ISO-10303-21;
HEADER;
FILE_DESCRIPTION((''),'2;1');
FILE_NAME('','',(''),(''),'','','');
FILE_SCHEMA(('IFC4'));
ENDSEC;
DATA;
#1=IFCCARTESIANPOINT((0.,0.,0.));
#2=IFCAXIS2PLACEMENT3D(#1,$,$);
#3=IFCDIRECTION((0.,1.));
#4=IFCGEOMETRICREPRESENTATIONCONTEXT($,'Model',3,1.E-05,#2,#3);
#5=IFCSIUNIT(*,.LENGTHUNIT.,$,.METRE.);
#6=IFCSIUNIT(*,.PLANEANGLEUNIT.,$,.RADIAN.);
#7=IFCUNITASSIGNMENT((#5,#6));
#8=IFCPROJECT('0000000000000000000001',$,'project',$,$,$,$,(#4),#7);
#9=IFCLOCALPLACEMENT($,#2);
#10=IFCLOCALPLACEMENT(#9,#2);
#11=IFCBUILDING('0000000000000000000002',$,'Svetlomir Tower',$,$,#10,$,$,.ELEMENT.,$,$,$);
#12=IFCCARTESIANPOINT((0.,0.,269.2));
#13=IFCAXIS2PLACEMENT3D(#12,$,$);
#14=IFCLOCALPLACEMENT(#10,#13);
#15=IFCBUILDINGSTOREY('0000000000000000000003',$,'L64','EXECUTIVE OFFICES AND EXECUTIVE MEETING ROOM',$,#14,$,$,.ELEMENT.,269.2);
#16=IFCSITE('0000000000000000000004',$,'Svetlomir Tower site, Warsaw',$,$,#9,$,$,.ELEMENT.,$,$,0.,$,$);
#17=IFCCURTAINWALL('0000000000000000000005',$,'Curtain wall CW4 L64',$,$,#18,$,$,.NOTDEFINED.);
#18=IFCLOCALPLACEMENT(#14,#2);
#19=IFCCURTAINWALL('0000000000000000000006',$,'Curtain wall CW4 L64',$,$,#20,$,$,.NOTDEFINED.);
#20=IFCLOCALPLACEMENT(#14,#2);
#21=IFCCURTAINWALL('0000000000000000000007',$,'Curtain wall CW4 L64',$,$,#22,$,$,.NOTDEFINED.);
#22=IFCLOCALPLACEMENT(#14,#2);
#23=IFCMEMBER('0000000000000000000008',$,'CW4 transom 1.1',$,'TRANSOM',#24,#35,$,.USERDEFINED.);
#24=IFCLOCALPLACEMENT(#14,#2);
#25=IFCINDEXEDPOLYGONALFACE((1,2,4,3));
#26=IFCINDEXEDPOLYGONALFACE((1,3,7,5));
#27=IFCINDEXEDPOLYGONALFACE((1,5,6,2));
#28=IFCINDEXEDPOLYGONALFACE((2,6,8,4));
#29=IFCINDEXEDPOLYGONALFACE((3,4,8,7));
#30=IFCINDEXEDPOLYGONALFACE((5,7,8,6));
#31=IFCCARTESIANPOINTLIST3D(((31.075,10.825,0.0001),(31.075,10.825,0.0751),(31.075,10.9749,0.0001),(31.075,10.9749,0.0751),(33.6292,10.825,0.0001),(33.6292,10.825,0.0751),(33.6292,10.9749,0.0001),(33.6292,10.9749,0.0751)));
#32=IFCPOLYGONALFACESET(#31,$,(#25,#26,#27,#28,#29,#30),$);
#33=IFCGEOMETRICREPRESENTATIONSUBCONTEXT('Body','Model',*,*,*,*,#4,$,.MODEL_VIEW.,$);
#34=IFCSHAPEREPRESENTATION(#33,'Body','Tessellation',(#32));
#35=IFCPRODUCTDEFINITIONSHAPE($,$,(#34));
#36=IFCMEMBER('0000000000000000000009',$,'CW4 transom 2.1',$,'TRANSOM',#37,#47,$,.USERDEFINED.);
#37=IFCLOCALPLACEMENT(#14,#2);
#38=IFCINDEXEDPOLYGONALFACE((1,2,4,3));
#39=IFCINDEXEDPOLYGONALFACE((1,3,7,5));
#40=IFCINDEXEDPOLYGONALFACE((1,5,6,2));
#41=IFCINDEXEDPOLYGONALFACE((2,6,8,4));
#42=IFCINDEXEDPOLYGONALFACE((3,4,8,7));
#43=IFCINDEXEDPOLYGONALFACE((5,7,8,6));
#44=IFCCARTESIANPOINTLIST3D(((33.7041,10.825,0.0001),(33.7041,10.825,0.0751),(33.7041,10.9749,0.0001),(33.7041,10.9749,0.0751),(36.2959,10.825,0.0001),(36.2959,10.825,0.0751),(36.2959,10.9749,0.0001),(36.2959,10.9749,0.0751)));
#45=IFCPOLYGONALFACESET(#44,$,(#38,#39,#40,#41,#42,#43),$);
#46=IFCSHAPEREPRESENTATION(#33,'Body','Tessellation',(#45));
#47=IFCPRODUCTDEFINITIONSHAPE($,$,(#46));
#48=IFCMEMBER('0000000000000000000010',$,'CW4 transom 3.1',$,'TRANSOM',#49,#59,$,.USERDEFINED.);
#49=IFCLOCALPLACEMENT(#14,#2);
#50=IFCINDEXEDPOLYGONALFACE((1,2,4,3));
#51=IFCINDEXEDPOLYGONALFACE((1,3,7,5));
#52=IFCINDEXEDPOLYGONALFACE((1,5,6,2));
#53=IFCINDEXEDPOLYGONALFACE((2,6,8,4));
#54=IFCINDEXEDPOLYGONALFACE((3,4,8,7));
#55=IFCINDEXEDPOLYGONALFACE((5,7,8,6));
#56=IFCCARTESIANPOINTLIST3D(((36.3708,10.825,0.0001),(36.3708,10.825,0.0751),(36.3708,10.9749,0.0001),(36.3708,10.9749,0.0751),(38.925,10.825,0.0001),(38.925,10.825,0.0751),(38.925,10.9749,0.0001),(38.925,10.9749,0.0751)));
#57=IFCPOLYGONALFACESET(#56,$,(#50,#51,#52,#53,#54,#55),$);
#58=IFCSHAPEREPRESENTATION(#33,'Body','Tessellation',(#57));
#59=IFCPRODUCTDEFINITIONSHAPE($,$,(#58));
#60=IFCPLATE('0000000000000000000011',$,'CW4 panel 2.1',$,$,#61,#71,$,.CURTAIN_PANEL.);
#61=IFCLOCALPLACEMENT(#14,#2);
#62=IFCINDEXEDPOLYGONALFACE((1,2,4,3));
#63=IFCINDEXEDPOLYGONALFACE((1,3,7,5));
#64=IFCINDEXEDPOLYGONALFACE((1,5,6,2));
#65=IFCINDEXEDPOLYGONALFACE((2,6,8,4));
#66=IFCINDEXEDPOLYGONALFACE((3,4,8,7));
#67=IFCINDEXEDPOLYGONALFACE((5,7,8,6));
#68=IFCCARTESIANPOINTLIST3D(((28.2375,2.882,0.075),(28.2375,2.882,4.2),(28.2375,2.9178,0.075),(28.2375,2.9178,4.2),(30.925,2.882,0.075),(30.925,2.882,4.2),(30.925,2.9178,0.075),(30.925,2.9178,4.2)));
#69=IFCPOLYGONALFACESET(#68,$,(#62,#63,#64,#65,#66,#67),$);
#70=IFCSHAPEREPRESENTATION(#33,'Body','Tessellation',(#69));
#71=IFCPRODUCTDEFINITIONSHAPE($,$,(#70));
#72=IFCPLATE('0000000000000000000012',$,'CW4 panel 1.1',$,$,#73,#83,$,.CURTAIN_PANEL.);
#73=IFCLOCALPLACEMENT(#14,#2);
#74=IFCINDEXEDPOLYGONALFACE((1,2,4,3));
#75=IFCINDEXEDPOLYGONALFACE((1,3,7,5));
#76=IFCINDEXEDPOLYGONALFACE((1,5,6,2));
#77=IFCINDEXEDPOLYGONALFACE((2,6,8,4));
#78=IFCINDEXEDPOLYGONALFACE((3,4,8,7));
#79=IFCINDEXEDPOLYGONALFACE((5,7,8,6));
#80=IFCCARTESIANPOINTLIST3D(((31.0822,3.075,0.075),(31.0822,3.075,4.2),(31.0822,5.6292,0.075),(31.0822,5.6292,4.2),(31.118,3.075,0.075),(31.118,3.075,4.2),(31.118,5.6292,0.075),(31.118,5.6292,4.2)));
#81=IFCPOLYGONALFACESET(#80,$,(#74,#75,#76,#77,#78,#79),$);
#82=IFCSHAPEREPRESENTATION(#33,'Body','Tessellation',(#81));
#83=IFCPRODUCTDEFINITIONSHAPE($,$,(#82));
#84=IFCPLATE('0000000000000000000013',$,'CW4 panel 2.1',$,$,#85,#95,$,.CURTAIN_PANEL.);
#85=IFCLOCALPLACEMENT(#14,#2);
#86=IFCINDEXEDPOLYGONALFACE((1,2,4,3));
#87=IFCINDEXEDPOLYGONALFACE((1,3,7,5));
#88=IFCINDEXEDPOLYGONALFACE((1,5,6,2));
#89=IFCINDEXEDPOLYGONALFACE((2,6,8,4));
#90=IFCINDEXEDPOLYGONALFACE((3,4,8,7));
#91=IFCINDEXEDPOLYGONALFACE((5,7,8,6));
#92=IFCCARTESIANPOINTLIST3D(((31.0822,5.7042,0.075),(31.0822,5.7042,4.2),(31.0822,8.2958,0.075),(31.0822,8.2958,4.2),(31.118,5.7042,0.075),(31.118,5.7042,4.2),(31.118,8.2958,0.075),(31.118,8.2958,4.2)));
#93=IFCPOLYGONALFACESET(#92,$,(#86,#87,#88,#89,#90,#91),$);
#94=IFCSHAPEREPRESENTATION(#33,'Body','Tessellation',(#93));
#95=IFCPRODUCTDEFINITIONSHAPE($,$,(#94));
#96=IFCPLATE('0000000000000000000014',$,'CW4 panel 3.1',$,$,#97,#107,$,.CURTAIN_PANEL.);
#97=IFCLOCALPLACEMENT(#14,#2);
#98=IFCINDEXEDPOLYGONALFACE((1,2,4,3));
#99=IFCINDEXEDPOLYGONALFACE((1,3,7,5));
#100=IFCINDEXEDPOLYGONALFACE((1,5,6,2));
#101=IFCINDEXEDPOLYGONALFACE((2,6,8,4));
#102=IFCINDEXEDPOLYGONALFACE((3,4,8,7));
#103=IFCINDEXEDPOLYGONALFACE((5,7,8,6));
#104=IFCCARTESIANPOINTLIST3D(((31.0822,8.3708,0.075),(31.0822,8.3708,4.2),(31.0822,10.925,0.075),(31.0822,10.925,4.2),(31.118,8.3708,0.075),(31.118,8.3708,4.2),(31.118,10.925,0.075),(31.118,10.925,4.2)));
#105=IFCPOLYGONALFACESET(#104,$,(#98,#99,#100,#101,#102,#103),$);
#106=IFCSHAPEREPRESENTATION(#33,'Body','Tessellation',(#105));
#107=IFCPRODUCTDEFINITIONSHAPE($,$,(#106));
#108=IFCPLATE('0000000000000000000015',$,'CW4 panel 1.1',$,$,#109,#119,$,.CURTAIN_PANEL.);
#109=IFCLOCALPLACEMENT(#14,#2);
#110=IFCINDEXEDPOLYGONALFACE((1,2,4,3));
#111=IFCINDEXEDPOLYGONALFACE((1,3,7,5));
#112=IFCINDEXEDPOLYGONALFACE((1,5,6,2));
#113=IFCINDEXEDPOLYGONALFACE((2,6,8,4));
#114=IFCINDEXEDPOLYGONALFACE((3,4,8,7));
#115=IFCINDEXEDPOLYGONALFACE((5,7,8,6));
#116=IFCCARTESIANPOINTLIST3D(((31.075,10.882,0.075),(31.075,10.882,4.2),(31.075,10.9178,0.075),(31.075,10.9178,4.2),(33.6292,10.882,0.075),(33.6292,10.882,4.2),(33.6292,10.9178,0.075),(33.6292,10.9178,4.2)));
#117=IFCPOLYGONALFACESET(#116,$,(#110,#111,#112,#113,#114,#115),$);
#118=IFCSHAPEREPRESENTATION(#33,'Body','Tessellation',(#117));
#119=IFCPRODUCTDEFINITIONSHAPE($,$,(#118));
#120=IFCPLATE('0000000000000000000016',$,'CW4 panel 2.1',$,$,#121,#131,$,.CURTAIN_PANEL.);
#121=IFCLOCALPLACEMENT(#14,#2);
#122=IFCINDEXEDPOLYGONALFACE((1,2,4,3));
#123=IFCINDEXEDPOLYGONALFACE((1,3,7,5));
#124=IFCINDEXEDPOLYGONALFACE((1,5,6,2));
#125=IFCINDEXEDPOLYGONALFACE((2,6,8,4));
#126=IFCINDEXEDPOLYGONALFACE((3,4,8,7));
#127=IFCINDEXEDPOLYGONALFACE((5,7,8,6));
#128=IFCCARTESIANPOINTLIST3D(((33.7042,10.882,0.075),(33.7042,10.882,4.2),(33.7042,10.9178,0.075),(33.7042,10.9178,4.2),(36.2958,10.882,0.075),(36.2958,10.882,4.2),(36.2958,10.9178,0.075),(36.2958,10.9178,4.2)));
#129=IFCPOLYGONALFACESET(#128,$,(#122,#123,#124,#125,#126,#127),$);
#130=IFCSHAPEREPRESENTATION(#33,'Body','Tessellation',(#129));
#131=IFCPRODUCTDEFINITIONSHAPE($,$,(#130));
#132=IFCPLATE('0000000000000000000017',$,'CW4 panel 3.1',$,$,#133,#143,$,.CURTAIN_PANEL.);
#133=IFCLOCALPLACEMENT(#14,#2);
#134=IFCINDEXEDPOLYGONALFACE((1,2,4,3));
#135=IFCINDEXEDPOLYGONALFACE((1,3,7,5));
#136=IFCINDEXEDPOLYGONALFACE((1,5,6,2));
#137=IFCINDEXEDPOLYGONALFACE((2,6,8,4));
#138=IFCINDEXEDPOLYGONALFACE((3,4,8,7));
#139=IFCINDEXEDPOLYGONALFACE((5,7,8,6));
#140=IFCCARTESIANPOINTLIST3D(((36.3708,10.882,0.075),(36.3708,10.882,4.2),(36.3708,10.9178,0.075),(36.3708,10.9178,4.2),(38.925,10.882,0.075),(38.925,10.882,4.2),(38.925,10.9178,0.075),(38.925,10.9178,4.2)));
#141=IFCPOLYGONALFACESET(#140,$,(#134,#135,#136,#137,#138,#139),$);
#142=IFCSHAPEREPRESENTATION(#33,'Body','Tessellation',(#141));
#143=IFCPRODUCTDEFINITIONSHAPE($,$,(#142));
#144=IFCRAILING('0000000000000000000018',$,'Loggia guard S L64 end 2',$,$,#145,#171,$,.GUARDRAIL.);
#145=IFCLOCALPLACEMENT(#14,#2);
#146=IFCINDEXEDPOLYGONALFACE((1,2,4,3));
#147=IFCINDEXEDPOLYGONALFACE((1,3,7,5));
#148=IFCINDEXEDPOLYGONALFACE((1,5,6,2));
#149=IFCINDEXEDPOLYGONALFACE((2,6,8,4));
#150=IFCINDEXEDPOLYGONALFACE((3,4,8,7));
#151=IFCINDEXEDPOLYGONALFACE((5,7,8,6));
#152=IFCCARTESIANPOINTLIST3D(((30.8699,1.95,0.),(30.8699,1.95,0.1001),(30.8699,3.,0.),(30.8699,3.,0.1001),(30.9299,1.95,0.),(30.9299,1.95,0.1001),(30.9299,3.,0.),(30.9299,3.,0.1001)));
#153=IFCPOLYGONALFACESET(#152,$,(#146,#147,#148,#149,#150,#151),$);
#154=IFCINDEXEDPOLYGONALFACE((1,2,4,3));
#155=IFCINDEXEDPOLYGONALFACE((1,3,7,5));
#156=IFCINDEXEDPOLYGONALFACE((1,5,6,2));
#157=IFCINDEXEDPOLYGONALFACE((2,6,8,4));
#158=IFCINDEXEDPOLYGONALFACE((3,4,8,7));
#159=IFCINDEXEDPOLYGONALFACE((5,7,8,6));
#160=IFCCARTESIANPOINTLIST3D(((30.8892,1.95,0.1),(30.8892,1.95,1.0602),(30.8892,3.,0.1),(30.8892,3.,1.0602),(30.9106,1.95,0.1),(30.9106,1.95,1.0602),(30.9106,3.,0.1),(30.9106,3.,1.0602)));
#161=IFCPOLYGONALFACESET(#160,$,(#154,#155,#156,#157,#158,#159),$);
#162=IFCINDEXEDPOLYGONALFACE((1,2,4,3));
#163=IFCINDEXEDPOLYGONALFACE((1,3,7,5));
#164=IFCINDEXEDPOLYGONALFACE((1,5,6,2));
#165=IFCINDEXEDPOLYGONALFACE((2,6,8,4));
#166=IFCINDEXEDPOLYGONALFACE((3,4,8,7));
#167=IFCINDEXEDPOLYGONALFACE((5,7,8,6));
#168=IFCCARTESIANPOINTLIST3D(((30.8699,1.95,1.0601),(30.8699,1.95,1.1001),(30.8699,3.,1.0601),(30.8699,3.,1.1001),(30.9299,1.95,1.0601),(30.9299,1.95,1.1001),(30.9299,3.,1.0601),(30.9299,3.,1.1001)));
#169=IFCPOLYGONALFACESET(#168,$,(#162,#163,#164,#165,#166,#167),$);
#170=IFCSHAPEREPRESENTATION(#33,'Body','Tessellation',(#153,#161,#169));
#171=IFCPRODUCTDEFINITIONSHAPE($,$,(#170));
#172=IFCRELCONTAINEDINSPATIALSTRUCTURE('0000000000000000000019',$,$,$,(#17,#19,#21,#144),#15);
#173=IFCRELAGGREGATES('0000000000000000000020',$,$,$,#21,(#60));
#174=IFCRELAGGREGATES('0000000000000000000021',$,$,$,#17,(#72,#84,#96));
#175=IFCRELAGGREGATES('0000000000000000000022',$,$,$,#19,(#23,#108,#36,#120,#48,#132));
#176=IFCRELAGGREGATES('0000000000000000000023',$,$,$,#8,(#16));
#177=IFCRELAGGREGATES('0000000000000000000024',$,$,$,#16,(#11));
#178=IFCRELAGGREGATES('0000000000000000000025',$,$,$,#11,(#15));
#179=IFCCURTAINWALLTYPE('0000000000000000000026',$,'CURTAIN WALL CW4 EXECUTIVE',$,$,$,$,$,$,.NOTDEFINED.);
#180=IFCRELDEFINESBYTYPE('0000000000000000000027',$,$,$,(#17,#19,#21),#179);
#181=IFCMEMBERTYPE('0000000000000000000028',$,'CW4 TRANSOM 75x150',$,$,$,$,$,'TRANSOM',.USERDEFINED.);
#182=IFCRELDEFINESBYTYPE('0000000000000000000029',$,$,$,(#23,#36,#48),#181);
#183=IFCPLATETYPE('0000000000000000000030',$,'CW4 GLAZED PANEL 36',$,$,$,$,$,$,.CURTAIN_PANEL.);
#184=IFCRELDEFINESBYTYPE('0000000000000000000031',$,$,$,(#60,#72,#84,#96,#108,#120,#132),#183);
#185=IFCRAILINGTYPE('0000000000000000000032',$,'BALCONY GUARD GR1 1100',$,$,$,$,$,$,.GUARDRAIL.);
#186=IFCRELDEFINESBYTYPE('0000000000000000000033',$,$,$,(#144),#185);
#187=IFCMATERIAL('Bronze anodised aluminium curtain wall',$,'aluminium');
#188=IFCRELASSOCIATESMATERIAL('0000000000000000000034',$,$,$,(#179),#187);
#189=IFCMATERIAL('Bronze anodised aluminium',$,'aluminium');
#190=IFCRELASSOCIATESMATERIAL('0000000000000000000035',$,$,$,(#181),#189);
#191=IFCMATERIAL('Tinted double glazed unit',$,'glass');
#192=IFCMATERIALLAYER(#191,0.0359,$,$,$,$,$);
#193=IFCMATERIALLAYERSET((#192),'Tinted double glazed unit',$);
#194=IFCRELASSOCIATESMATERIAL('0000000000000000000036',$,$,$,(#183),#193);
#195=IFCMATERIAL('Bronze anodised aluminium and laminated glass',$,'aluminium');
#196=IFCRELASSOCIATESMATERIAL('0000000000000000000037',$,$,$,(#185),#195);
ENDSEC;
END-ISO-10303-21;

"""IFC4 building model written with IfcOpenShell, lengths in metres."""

from ifc_helpers import new_model, si_unit, direction, frame, origin, origin_2d, place, context, subcontext, project, spatial, rectangle, extrude, material, layer, layer_set, material_profile, profile_set, type_object, element, aggregate, save


model = new_model("IFC4")

# Units and contexts
model_context = context("Model", 3, precision=1e-05, world=origin(), true_north=direction((0.0, 1.0)))
body_context = subcontext(model_context, "Body", "Model", "MODEL_VIEW")
ifc_project = project(units=[si_unit("LENGTHUNIT", "METRE"), si_unit("PLANEANGLEUNIT", "RADIAN")], contexts=[model_context])

# Site, building, storey
site_placement = place(None, origin())
site = spatial("IfcSite", under=ifc_project, at=site_placement, Name="Svetlomir Tower site, Warsaw", CompositionType="ELEMENT", RefElevation=0.0)
building_placement = place(site_placement, origin())
building = spatial("IfcBuilding", under=site, at=building_placement, Name="Svetlomir Tower", CompositionType="ELEMENT")
storey_placement = place(building_placement, frame((0.0, 0.0, 269.2)))
storey = spatial("IfcBuildingStorey", under=building, at=storey_placement, Name="L64", Description="EXECUTIVE OFFICES AND EXECUTIVE MEETING ROOM", CompositionType="ELEMENT", Elevation=269.2)

# Curtain walls
ifc_material_1 = material(Name="Bronze anodised aluminium curtain wall", Category="aluminium")
curtain_wall_type = type_object("IfcCurtainWallType", Name="CURTAIN WALL CW4 EXECUTIVE", PredefinedType="NOTDEFINED", material=ifc_material_1)
curtain_wall_1_placement = place(storey_placement, origin())
curtain_wall_1 = element("IfcCurtainWall", 1, at=curtain_wall_1_placement, inside=storey, type_object=curtain_wall_type, Name="Curtain wall CW4 L64", PredefinedType="NOTDEFINED")
curtain_wall_2_placement = place(storey_placement, origin())
curtain_wall_2 = element("IfcCurtainWall", 2, at=curtain_wall_2_placement, inside=storey, type_object=curtain_wall_type, Name="Curtain wall CW4 L64", PredefinedType="NOTDEFINED")
curtain_wall_3_placement = place(storey_placement, origin())
curtain_wall_3 = element("IfcCurtainWall", 3, at=curtain_wall_3_placement, inside=storey, type_object=curtain_wall_type, Name="Curtain wall CW4 L64", PredefinedType="NOTDEFINED")

# Members
ifc_material_2 = material(Name="Bronze anodised aluminium", Category="aluminium")
ifc_material_profile_1 = material_profile(ifc_material_2, rectangle(XDim=0.1499, YDim=0.075, at=origin_2d()), Name="AL 150x75")
ifc_profile_set_1 = profile_set([ifc_material_profile_1], Name="Bronze anodised aluminium 6063-T6")
member_type_1 = type_object("IfcMemberType", Name="CW4 TRANSOM 75x150", ElementType="TRANSOM", PredefinedType="USERDEFINED", material=ifc_profile_set_1)
member_1_placement = place(storey_placement, frame((31.075, 10.8999, 0.0376), z_axis=(1.0, 0.0, 0.0), x_axis=(0.0, 1.0, 0.0)))
member_1 = element("IfcMember", 4, at=member_1_placement, type_object=member_type_1, Name="CW4 transom 1.1", ObjectType="TRANSOM", PredefinedType="USERDEFINED", context=body_context, shape_type="SweptSolid", body=[
    extrude(rectangle(XDim=0.1499, YDim=0.075, at=origin_2d()), origin(), (0.0, 0.0, 1.0), 2.5542),
])
member_2_placement = place(storey_placement, frame((33.7041, 10.8999, 0.0376), z_axis=(1.0, 0.0, 0.0), x_axis=(0.0, 1.0, 0.0)))
member_2 = element("IfcMember", 5, at=member_2_placement, type_object=member_type_1, Name="CW4 transom 2.1", ObjectType="TRANSOM", PredefinedType="USERDEFINED", context=body_context, shape_type="SweptSolid", body=[
    extrude(rectangle(XDim=0.1499, YDim=0.075, at=origin_2d()), origin(), (0.0, 0.0, 1.0), 2.5918),
])
member_3_placement = place(storey_placement, frame((36.3708, 10.8999, 0.0376), z_axis=(1.0, 0.0, 0.0), x_axis=(0.0, 1.0, 0.0)))
member_3 = element("IfcMember", 6, at=member_3_placement, type_object=member_type_1, Name="CW4 transom 3.1", ObjectType="TRANSOM", PredefinedType="USERDEFINED", context=body_context, shape_type="SweptSolid", body=[
    extrude(rectangle(XDim=0.1499, YDim=0.075, at=origin_2d()), origin(), (0.0, 0.0, 1.0), 2.5542),
])

# Plates
ifc_material_3 = material(Name="Tinted double glazed unit", Category="glass")
ifc_layer = layer(ifc_material_3, 0.0359)
ifc_layer_set = layer_set([ifc_layer], Name="Tinted double glazed unit")
plate_type = type_object("IfcPlateType", Name="CW4 GLAZED PANEL 36", PredefinedType="CURTAIN_PANEL", material=ifc_layer_set)
plate_1_placement = place(storey_placement, frame((29.5813, 2.8999, 0.075), z_axis=(0.0, 0.0, 1.0), x_axis=(1.0, 0.0, 0.0)))
plate_1 = element("IfcPlate", 7, at=plate_1_placement, type_object=plate_type, Name="CW4 panel 2.1", PredefinedType="CURTAIN_PANEL", context=body_context, shape_type="SweptSolid", body=[
    extrude(rectangle(XDim=2.6875, YDim=0.0359, at=origin_2d()), origin(), (0.0, 0.0, 1.0), 4.125),
])
aggregate(curtain_wall_3, [plate_1])
plate_2_placement = place(storey_placement, frame((31.1001, 4.3521, 0.075), z_axis=(0.0, 0.0, 1.0), x_axis=(0.0, 1.0, 0.0)))
plate_2 = element("IfcPlate", 8, at=plate_2_placement, type_object=plate_type, Name="CW4 panel 1.1", PredefinedType="CURTAIN_PANEL", context=body_context, shape_type="SweptSolid", body=[
    extrude(rectangle(XDim=2.5542, YDim=0.0359, at=origin_2d()), origin(), (0.0, 0.0, 1.0), 4.125),
])
plate_3_placement = place(storey_placement, frame((31.1001, 7.0, 0.075), z_axis=(0.0, 0.0, 1.0), x_axis=(0.0, 1.0, 0.0)))
plate_3 = element("IfcPlate", 9, at=plate_3_placement, type_object=plate_type, Name="CW4 panel 2.1", PredefinedType="CURTAIN_PANEL", context=body_context, shape_type="SweptSolid", body=[
    extrude(rectangle(XDim=2.5916, YDim=0.0359, at=origin_2d()), origin(), (0.0, 0.0, 1.0), 4.125),
])
plate_4_placement = place(storey_placement, frame((31.1001, 9.6479, 0.075), z_axis=(0.0, 0.0, 1.0), x_axis=(0.0, 1.0, 0.0)))
plate_4 = element("IfcPlate", 10, at=plate_4_placement, type_object=plate_type, Name="CW4 panel 3.1", PredefinedType="CURTAIN_PANEL", context=body_context, shape_type="SweptSolid", body=[
    extrude(rectangle(XDim=2.5542, YDim=0.0359, at=origin_2d()), origin(), (0.0, 0.0, 1.0), 4.125),
])
aggregate(curtain_wall_1, [plate_2, plate_3, plate_4])
plate_5_placement = place(storey_placement, frame((32.3521, 10.8999, 0.075), z_axis=(0.0, 0.0, 1.0), x_axis=(1.0, 0.0, 0.0)))
plate_5 = element("IfcPlate", 11, at=plate_5_placement, type_object=plate_type, Name="CW4 panel 1.1", PredefinedType="CURTAIN_PANEL", context=body_context, shape_type="SweptSolid", body=[
    extrude(rectangle(XDim=2.5542, YDim=0.0359, at=origin_2d()), origin(), (0.0, 0.0, 1.0), 4.125),
])
plate_6_placement = place(storey_placement, frame((35.0, 10.8999, 0.075), z_axis=(0.0, 0.0, 1.0), x_axis=(1.0, 0.0, 0.0)))
plate_6 = element("IfcPlate", 12, at=plate_6_placement, type_object=plate_type, Name="CW4 panel 2.1", PredefinedType="CURTAIN_PANEL", context=body_context, shape_type="SweptSolid", body=[
    extrude(rectangle(XDim=2.5916, YDim=0.0359, at=origin_2d()), origin(), (0.0, 0.0, 1.0), 4.125),
])
plate_7_placement = place(storey_placement, frame((37.6479, 10.8999, 0.075), z_axis=(0.0, 0.0, 1.0), x_axis=(1.0, 0.0, 0.0)))
plate_7 = element("IfcPlate", 13, at=plate_7_placement, type_object=plate_type, Name="CW4 panel 3.1", PredefinedType="CURTAIN_PANEL", context=body_context, shape_type="SweptSolid", body=[
    extrude(rectangle(XDim=2.5542, YDim=0.0359, at=origin_2d()), origin(), (0.0, 0.0, 1.0), 4.125),
])
aggregate(curtain_wall_2, [member_1, plate_5, member_2, plate_6, member_3, plate_7])

# Railing
ifc_material_4 = material(Name="Bronze anodised aluminium and laminated glass", Category="aluminium")
railing_type = type_object("IfcRailingType", Name="BALCONY GUARD GR1 1100", PredefinedType="GUARDRAIL", material=ifc_material_4)
railing_placement = place(storey_placement, frame((30.8999, 1.95, 0.0)))
element("IfcRailing", 14, at=railing_placement, inside=storey, type_object=railing_type, Name="Loggia guard S L64 end 2", PredefinedType="GUARDRAIL", context=body_context, shape_type="SweptSolid", body=[
    extrude(rectangle(XDim=0.0601, YDim=0.1001, at=origin_2d()), frame((0.0, 0.0, 0.05), z_axis=(0.0, 1.0, 0.0), x_axis=(-1.0, 0.0, 0.0)), (0.0, 0.0, 1.0), 1.05),
    extrude(rectangle(XDim=0.0215, YDim=0.9602, at=origin_2d()), frame((0.0, 0.0, 0.5801), z_axis=(0.0, 1.0, 0.0), x_axis=(-1.0, 0.0, 0.0)), (0.0, 0.0, 1.0), 1.05),
    extrude(rectangle(XDim=0.0601, YDim=0.04, at=origin_2d()), frame((0.0, 0.0, 1.0801), z_axis=(0.0, 1.0, 0.0), x_axis=(-1.0, 0.0, 0.0)), (0.0, 0.0, 1.0), 1.05),
])

save(model, "model.ifc")
